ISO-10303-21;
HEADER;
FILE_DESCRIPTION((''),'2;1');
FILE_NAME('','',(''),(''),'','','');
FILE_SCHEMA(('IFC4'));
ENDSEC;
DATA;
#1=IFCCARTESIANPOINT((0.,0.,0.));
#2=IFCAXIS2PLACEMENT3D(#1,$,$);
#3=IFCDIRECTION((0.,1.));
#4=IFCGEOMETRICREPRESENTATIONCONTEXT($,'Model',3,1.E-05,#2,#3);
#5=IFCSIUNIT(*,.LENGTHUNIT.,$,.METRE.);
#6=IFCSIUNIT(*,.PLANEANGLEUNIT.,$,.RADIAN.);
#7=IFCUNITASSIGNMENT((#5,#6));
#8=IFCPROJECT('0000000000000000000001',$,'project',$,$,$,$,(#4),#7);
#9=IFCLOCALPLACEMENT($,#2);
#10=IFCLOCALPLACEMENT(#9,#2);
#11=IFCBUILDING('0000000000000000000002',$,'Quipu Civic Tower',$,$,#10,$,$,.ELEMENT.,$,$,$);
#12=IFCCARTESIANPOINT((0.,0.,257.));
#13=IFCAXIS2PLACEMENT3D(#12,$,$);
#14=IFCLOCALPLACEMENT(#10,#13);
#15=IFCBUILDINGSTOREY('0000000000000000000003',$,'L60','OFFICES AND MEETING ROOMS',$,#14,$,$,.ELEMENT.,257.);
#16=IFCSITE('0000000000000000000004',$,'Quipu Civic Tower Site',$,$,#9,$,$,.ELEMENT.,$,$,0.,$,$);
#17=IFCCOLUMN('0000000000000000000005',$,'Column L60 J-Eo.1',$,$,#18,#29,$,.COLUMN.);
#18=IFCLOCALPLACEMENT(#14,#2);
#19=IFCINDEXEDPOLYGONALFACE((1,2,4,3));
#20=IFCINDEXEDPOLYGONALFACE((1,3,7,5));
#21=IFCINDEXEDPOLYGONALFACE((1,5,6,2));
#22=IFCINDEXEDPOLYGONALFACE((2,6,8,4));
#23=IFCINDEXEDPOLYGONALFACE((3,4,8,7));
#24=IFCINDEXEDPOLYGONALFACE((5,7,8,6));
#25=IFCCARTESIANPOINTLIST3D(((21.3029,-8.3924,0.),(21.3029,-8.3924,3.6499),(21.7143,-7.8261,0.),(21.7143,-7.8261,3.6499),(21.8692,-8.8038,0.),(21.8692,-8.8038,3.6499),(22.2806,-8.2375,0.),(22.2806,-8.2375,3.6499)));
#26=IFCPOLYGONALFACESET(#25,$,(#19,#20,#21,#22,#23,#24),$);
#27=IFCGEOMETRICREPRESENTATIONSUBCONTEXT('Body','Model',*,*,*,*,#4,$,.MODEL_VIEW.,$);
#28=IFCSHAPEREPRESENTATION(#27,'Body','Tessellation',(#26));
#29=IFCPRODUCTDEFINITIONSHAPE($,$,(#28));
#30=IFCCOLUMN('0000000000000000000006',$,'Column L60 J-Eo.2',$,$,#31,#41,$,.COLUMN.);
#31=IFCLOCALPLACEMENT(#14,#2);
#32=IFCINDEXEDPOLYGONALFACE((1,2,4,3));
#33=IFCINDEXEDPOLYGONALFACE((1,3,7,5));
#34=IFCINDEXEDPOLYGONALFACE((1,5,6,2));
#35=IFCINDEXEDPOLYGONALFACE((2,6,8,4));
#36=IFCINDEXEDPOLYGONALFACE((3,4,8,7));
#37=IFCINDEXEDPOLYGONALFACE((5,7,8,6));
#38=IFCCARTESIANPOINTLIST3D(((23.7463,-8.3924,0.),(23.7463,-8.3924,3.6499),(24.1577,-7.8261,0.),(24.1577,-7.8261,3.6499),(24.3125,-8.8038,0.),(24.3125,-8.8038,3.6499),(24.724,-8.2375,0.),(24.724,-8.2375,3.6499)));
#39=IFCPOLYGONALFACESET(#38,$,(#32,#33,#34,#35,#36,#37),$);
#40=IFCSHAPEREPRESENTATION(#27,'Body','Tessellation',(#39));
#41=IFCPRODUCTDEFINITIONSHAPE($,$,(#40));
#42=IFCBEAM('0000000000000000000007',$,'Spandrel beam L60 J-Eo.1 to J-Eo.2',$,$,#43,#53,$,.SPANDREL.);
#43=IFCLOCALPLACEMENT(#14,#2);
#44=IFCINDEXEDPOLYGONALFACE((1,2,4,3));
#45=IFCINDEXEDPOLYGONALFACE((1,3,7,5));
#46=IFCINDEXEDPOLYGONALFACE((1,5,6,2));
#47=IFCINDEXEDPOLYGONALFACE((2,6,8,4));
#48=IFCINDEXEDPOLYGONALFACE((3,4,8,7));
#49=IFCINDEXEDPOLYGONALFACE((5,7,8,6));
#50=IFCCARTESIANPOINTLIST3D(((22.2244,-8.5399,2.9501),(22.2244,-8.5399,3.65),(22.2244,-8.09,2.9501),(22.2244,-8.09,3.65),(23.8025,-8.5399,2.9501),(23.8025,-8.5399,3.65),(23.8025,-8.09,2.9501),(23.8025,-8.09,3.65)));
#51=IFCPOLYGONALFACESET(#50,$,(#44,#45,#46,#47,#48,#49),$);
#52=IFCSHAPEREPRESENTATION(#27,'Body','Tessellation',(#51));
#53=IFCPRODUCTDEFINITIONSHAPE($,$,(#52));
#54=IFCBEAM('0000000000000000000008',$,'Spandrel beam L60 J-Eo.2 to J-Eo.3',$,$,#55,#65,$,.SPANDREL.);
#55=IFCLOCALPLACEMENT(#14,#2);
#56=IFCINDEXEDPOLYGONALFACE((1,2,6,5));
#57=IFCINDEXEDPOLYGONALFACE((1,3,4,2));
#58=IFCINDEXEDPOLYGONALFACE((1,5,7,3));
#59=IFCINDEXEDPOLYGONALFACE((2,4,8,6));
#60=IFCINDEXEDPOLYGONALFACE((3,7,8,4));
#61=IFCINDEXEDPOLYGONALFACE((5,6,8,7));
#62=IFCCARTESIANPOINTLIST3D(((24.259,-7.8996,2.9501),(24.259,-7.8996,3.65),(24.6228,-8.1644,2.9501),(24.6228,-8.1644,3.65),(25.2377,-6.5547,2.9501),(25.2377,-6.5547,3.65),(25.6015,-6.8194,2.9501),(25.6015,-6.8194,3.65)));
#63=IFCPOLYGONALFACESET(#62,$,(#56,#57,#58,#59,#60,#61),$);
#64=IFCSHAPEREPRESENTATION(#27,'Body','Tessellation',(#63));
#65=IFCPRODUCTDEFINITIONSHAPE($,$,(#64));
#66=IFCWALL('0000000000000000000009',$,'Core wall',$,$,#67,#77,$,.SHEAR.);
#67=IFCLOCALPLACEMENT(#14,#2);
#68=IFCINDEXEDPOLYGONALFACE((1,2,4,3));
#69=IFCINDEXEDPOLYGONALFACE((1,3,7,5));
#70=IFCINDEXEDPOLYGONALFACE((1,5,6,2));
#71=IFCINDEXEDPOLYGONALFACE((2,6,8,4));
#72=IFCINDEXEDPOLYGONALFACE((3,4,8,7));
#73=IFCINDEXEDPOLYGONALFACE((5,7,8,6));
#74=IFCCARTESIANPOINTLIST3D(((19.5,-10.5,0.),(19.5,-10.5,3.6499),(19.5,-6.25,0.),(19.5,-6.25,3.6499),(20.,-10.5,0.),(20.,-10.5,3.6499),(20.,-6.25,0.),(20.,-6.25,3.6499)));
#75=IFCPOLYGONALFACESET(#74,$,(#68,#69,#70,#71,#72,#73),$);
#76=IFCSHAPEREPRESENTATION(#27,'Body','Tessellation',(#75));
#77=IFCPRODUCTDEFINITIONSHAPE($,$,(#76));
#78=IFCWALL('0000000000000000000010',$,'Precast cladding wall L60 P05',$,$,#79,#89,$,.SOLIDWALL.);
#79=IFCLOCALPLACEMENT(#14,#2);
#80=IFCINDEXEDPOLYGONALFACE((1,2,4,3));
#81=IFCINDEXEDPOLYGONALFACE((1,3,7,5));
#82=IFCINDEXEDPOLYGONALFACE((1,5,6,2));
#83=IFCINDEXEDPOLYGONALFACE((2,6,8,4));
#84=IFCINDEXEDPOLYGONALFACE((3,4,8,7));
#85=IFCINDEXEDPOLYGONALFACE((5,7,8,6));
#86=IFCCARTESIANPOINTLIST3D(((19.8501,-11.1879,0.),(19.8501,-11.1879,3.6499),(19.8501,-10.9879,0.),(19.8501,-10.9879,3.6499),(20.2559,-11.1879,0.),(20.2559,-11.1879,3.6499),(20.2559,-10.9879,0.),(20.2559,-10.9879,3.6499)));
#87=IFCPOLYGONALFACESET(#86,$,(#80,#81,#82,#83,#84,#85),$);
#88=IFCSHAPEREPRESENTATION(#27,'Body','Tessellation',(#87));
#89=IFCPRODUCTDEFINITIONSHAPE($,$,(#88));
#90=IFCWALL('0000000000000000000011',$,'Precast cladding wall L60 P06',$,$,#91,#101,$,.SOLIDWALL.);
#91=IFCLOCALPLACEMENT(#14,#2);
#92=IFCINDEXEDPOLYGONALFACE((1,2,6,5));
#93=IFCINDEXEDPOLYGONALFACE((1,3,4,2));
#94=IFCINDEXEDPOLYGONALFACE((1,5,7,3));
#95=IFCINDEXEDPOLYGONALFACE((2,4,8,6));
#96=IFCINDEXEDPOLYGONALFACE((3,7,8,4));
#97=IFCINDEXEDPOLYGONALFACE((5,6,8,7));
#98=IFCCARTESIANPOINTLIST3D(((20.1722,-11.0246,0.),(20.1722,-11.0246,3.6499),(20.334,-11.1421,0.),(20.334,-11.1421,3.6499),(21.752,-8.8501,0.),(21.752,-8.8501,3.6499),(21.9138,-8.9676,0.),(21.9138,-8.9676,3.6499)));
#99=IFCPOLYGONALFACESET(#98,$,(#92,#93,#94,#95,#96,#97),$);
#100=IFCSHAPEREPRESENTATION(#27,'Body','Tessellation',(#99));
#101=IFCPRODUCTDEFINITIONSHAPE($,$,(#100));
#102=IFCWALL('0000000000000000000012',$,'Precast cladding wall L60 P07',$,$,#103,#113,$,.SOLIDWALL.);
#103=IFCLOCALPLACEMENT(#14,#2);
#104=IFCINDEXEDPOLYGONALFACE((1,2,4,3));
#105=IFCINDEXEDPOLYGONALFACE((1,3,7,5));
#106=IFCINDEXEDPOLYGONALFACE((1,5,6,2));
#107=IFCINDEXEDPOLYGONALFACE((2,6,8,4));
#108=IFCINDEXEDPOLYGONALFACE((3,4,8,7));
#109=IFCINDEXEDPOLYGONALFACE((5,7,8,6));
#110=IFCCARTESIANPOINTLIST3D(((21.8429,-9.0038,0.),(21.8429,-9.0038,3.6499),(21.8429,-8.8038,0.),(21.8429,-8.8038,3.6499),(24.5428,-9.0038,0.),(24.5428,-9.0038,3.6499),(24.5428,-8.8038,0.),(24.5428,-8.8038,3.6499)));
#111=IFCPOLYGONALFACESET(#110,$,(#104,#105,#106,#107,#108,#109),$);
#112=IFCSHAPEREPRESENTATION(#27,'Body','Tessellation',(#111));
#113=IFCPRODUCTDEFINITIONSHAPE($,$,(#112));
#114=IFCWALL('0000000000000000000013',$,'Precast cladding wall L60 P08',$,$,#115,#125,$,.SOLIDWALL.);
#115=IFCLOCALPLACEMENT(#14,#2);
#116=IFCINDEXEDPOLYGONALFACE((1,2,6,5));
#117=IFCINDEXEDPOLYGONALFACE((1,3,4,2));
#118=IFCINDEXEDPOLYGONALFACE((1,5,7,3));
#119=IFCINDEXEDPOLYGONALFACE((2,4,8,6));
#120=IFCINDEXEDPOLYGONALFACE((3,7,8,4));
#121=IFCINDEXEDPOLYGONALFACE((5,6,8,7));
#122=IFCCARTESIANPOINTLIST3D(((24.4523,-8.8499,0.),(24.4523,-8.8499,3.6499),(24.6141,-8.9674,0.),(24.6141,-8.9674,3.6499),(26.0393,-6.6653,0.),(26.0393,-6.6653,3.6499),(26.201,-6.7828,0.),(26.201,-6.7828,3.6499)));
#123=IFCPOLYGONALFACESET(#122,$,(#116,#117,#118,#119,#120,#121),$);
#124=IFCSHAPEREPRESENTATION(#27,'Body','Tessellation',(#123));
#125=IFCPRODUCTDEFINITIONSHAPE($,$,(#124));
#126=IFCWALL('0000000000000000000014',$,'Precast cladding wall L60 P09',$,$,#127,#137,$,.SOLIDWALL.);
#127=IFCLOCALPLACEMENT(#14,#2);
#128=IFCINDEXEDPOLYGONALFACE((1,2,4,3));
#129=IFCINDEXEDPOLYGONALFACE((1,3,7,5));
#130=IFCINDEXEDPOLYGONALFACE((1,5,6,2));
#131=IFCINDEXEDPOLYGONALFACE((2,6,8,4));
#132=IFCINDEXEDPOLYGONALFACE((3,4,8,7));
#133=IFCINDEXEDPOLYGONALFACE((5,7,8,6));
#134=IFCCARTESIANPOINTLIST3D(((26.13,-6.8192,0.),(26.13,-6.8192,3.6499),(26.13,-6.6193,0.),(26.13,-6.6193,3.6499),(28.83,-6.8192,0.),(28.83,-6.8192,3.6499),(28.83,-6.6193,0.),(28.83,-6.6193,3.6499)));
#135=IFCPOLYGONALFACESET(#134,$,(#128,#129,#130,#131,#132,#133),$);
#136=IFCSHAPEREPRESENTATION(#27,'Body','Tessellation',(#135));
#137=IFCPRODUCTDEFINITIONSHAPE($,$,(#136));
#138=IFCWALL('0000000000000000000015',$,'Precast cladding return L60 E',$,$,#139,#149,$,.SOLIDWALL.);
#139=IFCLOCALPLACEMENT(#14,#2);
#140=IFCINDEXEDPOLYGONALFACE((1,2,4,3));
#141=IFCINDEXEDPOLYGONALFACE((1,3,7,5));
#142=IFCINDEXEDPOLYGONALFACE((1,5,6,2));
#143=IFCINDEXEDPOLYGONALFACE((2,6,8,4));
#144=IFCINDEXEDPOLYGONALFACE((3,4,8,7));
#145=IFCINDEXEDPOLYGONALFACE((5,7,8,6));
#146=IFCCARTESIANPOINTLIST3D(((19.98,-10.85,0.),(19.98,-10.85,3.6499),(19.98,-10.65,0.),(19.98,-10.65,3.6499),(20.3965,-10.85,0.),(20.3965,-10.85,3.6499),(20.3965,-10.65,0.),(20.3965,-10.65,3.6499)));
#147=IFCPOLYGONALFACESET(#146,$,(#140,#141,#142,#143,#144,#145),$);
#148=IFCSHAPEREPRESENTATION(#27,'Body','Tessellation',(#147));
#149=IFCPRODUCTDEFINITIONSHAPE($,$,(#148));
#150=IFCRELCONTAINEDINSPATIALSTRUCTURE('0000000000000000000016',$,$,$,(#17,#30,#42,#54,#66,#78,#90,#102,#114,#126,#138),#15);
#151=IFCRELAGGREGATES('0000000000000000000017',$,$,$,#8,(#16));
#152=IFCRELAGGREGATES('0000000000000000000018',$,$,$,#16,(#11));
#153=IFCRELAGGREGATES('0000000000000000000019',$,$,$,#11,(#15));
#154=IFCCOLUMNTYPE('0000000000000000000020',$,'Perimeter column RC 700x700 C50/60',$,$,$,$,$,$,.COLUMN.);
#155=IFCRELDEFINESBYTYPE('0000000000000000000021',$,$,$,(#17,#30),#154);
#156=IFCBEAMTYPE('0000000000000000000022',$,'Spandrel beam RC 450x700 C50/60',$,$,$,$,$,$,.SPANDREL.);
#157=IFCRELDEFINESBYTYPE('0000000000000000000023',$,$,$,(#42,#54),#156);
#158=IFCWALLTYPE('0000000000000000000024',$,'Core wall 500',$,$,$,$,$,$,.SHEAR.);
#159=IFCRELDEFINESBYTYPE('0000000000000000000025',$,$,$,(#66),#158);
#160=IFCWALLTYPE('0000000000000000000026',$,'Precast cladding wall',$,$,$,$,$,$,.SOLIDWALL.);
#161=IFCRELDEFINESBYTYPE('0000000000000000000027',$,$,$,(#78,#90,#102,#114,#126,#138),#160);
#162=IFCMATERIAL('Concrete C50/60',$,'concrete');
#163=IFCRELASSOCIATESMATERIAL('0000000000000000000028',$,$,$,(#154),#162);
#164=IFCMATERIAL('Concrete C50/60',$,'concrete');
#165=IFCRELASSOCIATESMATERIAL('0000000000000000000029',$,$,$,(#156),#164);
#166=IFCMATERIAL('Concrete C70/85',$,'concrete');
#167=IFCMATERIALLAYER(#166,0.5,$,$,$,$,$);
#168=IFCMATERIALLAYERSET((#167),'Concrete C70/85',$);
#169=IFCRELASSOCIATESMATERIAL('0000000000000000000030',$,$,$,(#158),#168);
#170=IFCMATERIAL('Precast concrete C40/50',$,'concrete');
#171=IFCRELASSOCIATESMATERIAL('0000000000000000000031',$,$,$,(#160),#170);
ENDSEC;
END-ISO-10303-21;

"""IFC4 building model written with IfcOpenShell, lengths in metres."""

from ifc_helpers import new_model, si_unit, direction, frame, frame_2d, origin, origin_2d, place, context, subcontext, project, spatial, rectangle, extrude, material, layer, layer_set, material_profile, profile_set, type_object, element, save


model = new_model("IFC4")

# Units and contexts
model_context = context("Model", 3, precision=1e-05, world=origin(), true_north=direction((0.0, 1.0)))
body_context = subcontext(model_context, "Body", "Model", "MODEL_VIEW")
ifc_project = project(units=[si_unit("LENGTHUNIT", "METRE"), si_unit("PLANEANGLEUNIT", "RADIAN")], contexts=[model_context])

# Site, building, storey
site_placement = place(None, origin())
site = spatial("IfcSite", under=ifc_project, at=site_placement, Name="Quipu Civic Tower Site", CompositionType="ELEMENT", RefElevation=0.0)
building_placement = place(site_placement, origin())
building = spatial("IfcBuilding", under=site, at=building_placement, Name="Quipu Civic Tower", CompositionType="ELEMENT")
storey_placement = place(building_placement, frame((0.0, 0.0, 257.0)))
storey = spatial("IfcBuildingStorey", under=building, at=storey_placement, Name="L60", Description="OFFICES AND MEETING ROOMS", CompositionType="ELEMENT", Elevation=257.0)

# Columns
ifc_material_1 = material(Name="Concrete C50/60", Category="concrete")
ifc_material_profile_1 = material_profile(ifc_material_1, rectangle(XDim=0.7, YDim=0.7, at=origin_2d()), Name="RC700x700")
ifc_profile_set_1 = profile_set([ifc_material_profile_1], Name="Concrete C50/60")
column_type = type_object("IfcColumnType", Name="Perimeter column RC 700x700 C50/60", PredefinedType="COLUMN", material=ifc_profile_set_1)
for number, where, z_axis, x_axis, name in (
    (1, (21.7917, -8.3149, 0.0), (0.0, 0.0, 1.0), (0.587785, 0.809017, 0.0), "Column L60 J-Eo.1"),
    (2, (24.2351, -8.3149, 0.0), (0.0, 0.0, 1.0), (0.587785, 0.809017, 0.0), "Column L60 J-Eo.2"),
):
    element("IfcColumn", number, at=place(storey_placement, frame(where, z_axis=z_axis, x_axis=x_axis)), inside=storey, type_object=column_type, Name=name, PredefinedType="COLUMN", context=body_context, shape_type="SweptSolid", body=[
        extrude(rectangle(XDim=0.7, YDim=0.7, at=origin_2d()), origin(), (0.0, 0.0, 1.0), 3.6499),
    ])

# Beams
ifc_material_2 = material(Name="Concrete C50/60", Category="concrete")
ifc_material_profile_2 = material_profile(ifc_material_2, rectangle(XDim=0.45, YDim=0.7, at=origin_2d()), Name="RC450x700")
ifc_profile_set_2 = profile_set([ifc_material_profile_2], Name="Concrete C50/60")
beam_type = type_object("IfcBeamType", Name="Spandrel beam RC 450x700 C50/60", PredefinedType="SPANDREL", material=ifc_profile_set_2)
beam_1_placement = place(storey_placement, frame((22.2244, -8.3149, 3.3), z_axis=(1.0, 0.0, 0.0), x_axis=(0.0, 1.0, 0.0)))
element("IfcBeam", 3, at=beam_1_placement, inside=storey, type_object=beam_type, Name="Spandrel beam L60 J-Eo.1 to J-Eo.2", PredefinedType="SPANDREL", context=body_context, shape_type="SweptSolid", body=[
    extrude(rectangle(XDim=0.45, YDim=0.7, at=origin_2d()), origin(), (0.0, 0.0, 1.0), 1.5781),
])
beam_2_placement = place(storey_placement, frame((24.4409, -8.032, 3.3), z_axis=(0.588407, 0.808565, 0.0), x_axis=(-0.808565, 0.588407, 0.0)))
element("IfcBeam", 4, at=beam_2_placement, inside=storey, type_object=beam_type, Name="Spandrel beam L60 J-Eo.2 to J-Eo.3", PredefinedType="SPANDREL", context=body_context, shape_type="SweptSolid", body=[
    extrude(rectangle(XDim=0.45, YDim=0.7, at=origin_2d()), origin(), (0.0, 0.0, 1.0), 1.6633),
])

# Walls
ifc_material_3 = material(Name="Concrete C70/85", Category="concrete")
ifc_layer = layer(ifc_material_3, 0.5)
ifc_layer_set = layer_set([ifc_layer], Name="Concrete C70/85")
wall_type_1 = type_object("IfcWallType", Name="Core wall 500", PredefinedType="SHEAR", material=ifc_layer_set)
wall_1_placement = place(storey_placement, frame((19.75, -10.5, 0.0), z_axis=(0.0, 0.0, 1.0), x_axis=(0.0, 1.0, 0.0)))
element("IfcWall", 5, at=wall_1_placement, inside=storey, type_object=wall_type_1, Name="Core wall", PredefinedType="SHEAR", context=body_context, shape_type="SweptSolid", body=[
    extrude(rectangle(XDim=4.25, YDim=0.5, at=frame_2d((2.125, 0.0))), origin(), (0.0, 0.0, 1.0), 3.6499),
])
ifc_material_4 = material(Name="Precast concrete C40/50", Category="concrete")
wall_type_2 = type_object("IfcWallType", Name="Precast cladding wall", PredefinedType="SOLIDWALL", material=ifc_material_4)
wall_2_placement = place(storey_placement, frame((19.8501, -11.0879, 0.0), z_axis=(0.0, 0.0, 1.0), x_axis=(1.0, 0.0, 0.0)))
element("IfcWall", 6, at=wall_2_placement, inside=storey, type_object=wall_type_2, Name="Precast cladding wall L60 P05", PredefinedType="SOLIDWALL", context=body_context, shape_type="SweptSolid", body=[
    extrude(rectangle(XDim=0.4058, YDim=0.2, at=frame_2d((0.2029, 0.0))), origin(), (0.0, 0.0, 1.0), 3.6499),
])
wall_3_placement = place(storey_placement, frame((20.2532, -11.0833, 0.0), z_axis=(0.0, 0.0, 1.0), x_axis=(0.587767, 0.809031, 0.0)))
element("IfcWall", 7, at=wall_3_placement, inside=storey, type_object=wall_type_2, Name="Precast cladding wall L60 P06", PredefinedType="SOLIDWALL", context=body_context, shape_type="SweptSolid", body=[
    extrude(rectangle(XDim=2.6877, YDim=0.2, at=frame_2d((1.3438, 0.0))), origin(), (0.0, 0.0, 1.0), 3.6499),
])
wall_4_placement = place(storey_placement, frame((21.8428, -8.9038, 0.0), z_axis=(0.0, 0.0, 1.0), x_axis=(1.0, 0.0, 0.0)))
element("IfcWall", 8, at=wall_4_placement, inside=storey, type_object=wall_type_2, Name="Precast cladding wall L60 P07", PredefinedType="SOLIDWALL", context=body_context, shape_type="SweptSolid", body=[
    extrude(rectangle(XDim=2.7, YDim=0.2, at=frame_2d((1.3501, 0.0))), origin(), (0.0, 0.0, 1.0), 3.6499),
])
wall_5_placement = place(storey_placement, frame((24.5332, -8.9087, 0.0), z_axis=(0.0, 0.0, 1.0), x_axis=(0.58772, 0.809064, 0.0)))
element("IfcWall", 9, at=wall_5_placement, inside=storey, type_object=wall_type_2, Name="Precast cladding wall L60 P08", PredefinedType="SOLIDWALL", context=body_context, shape_type="SweptSolid", body=[
    extrude(rectangle(XDim=2.7002, YDim=0.2, at=frame_2d((1.3501, 0.0))), origin(), (0.0, 0.0, 1.0), 3.6499),
])
wall_6_placement = place(storey_placement, frame((26.1299, -6.7192, 0.0), z_axis=(0.0, 0.0, 1.0), x_axis=(1.0, 0.0, 0.0)))
element("IfcWall", 10, at=wall_6_placement, inside=storey, type_object=wall_type_2, Name="Precast cladding wall L60 P09", PredefinedType="SOLIDWALL", context=body_context, shape_type="SweptSolid", body=[
    extrude(rectangle(XDim=2.7, YDim=0.2, at=frame_2d((1.3501, 0.0))), origin(), (0.0, 0.0, 1.0), 3.6499),
])
wall_7_placement = place(storey_placement, frame((19.98, -10.75, 0.0), z_axis=(0.0, 0.0, 1.0), x_axis=(1.0, 0.0, 0.0)))
element("IfcWall", 11, at=wall_7_placement, inside=storey, type_object=wall_type_2, Name="Precast cladding return L60 E", PredefinedType="SOLIDWALL", context=body_context, shape_type="SweptSolid", body=[
    extrude(rectangle(XDim=0.4165, YDim=0.2, at=frame_2d((0.2083, 0.0))), origin(), (0.0, 0.0, 1.0), 3.6499),
])

save(model, "model.ifc")
